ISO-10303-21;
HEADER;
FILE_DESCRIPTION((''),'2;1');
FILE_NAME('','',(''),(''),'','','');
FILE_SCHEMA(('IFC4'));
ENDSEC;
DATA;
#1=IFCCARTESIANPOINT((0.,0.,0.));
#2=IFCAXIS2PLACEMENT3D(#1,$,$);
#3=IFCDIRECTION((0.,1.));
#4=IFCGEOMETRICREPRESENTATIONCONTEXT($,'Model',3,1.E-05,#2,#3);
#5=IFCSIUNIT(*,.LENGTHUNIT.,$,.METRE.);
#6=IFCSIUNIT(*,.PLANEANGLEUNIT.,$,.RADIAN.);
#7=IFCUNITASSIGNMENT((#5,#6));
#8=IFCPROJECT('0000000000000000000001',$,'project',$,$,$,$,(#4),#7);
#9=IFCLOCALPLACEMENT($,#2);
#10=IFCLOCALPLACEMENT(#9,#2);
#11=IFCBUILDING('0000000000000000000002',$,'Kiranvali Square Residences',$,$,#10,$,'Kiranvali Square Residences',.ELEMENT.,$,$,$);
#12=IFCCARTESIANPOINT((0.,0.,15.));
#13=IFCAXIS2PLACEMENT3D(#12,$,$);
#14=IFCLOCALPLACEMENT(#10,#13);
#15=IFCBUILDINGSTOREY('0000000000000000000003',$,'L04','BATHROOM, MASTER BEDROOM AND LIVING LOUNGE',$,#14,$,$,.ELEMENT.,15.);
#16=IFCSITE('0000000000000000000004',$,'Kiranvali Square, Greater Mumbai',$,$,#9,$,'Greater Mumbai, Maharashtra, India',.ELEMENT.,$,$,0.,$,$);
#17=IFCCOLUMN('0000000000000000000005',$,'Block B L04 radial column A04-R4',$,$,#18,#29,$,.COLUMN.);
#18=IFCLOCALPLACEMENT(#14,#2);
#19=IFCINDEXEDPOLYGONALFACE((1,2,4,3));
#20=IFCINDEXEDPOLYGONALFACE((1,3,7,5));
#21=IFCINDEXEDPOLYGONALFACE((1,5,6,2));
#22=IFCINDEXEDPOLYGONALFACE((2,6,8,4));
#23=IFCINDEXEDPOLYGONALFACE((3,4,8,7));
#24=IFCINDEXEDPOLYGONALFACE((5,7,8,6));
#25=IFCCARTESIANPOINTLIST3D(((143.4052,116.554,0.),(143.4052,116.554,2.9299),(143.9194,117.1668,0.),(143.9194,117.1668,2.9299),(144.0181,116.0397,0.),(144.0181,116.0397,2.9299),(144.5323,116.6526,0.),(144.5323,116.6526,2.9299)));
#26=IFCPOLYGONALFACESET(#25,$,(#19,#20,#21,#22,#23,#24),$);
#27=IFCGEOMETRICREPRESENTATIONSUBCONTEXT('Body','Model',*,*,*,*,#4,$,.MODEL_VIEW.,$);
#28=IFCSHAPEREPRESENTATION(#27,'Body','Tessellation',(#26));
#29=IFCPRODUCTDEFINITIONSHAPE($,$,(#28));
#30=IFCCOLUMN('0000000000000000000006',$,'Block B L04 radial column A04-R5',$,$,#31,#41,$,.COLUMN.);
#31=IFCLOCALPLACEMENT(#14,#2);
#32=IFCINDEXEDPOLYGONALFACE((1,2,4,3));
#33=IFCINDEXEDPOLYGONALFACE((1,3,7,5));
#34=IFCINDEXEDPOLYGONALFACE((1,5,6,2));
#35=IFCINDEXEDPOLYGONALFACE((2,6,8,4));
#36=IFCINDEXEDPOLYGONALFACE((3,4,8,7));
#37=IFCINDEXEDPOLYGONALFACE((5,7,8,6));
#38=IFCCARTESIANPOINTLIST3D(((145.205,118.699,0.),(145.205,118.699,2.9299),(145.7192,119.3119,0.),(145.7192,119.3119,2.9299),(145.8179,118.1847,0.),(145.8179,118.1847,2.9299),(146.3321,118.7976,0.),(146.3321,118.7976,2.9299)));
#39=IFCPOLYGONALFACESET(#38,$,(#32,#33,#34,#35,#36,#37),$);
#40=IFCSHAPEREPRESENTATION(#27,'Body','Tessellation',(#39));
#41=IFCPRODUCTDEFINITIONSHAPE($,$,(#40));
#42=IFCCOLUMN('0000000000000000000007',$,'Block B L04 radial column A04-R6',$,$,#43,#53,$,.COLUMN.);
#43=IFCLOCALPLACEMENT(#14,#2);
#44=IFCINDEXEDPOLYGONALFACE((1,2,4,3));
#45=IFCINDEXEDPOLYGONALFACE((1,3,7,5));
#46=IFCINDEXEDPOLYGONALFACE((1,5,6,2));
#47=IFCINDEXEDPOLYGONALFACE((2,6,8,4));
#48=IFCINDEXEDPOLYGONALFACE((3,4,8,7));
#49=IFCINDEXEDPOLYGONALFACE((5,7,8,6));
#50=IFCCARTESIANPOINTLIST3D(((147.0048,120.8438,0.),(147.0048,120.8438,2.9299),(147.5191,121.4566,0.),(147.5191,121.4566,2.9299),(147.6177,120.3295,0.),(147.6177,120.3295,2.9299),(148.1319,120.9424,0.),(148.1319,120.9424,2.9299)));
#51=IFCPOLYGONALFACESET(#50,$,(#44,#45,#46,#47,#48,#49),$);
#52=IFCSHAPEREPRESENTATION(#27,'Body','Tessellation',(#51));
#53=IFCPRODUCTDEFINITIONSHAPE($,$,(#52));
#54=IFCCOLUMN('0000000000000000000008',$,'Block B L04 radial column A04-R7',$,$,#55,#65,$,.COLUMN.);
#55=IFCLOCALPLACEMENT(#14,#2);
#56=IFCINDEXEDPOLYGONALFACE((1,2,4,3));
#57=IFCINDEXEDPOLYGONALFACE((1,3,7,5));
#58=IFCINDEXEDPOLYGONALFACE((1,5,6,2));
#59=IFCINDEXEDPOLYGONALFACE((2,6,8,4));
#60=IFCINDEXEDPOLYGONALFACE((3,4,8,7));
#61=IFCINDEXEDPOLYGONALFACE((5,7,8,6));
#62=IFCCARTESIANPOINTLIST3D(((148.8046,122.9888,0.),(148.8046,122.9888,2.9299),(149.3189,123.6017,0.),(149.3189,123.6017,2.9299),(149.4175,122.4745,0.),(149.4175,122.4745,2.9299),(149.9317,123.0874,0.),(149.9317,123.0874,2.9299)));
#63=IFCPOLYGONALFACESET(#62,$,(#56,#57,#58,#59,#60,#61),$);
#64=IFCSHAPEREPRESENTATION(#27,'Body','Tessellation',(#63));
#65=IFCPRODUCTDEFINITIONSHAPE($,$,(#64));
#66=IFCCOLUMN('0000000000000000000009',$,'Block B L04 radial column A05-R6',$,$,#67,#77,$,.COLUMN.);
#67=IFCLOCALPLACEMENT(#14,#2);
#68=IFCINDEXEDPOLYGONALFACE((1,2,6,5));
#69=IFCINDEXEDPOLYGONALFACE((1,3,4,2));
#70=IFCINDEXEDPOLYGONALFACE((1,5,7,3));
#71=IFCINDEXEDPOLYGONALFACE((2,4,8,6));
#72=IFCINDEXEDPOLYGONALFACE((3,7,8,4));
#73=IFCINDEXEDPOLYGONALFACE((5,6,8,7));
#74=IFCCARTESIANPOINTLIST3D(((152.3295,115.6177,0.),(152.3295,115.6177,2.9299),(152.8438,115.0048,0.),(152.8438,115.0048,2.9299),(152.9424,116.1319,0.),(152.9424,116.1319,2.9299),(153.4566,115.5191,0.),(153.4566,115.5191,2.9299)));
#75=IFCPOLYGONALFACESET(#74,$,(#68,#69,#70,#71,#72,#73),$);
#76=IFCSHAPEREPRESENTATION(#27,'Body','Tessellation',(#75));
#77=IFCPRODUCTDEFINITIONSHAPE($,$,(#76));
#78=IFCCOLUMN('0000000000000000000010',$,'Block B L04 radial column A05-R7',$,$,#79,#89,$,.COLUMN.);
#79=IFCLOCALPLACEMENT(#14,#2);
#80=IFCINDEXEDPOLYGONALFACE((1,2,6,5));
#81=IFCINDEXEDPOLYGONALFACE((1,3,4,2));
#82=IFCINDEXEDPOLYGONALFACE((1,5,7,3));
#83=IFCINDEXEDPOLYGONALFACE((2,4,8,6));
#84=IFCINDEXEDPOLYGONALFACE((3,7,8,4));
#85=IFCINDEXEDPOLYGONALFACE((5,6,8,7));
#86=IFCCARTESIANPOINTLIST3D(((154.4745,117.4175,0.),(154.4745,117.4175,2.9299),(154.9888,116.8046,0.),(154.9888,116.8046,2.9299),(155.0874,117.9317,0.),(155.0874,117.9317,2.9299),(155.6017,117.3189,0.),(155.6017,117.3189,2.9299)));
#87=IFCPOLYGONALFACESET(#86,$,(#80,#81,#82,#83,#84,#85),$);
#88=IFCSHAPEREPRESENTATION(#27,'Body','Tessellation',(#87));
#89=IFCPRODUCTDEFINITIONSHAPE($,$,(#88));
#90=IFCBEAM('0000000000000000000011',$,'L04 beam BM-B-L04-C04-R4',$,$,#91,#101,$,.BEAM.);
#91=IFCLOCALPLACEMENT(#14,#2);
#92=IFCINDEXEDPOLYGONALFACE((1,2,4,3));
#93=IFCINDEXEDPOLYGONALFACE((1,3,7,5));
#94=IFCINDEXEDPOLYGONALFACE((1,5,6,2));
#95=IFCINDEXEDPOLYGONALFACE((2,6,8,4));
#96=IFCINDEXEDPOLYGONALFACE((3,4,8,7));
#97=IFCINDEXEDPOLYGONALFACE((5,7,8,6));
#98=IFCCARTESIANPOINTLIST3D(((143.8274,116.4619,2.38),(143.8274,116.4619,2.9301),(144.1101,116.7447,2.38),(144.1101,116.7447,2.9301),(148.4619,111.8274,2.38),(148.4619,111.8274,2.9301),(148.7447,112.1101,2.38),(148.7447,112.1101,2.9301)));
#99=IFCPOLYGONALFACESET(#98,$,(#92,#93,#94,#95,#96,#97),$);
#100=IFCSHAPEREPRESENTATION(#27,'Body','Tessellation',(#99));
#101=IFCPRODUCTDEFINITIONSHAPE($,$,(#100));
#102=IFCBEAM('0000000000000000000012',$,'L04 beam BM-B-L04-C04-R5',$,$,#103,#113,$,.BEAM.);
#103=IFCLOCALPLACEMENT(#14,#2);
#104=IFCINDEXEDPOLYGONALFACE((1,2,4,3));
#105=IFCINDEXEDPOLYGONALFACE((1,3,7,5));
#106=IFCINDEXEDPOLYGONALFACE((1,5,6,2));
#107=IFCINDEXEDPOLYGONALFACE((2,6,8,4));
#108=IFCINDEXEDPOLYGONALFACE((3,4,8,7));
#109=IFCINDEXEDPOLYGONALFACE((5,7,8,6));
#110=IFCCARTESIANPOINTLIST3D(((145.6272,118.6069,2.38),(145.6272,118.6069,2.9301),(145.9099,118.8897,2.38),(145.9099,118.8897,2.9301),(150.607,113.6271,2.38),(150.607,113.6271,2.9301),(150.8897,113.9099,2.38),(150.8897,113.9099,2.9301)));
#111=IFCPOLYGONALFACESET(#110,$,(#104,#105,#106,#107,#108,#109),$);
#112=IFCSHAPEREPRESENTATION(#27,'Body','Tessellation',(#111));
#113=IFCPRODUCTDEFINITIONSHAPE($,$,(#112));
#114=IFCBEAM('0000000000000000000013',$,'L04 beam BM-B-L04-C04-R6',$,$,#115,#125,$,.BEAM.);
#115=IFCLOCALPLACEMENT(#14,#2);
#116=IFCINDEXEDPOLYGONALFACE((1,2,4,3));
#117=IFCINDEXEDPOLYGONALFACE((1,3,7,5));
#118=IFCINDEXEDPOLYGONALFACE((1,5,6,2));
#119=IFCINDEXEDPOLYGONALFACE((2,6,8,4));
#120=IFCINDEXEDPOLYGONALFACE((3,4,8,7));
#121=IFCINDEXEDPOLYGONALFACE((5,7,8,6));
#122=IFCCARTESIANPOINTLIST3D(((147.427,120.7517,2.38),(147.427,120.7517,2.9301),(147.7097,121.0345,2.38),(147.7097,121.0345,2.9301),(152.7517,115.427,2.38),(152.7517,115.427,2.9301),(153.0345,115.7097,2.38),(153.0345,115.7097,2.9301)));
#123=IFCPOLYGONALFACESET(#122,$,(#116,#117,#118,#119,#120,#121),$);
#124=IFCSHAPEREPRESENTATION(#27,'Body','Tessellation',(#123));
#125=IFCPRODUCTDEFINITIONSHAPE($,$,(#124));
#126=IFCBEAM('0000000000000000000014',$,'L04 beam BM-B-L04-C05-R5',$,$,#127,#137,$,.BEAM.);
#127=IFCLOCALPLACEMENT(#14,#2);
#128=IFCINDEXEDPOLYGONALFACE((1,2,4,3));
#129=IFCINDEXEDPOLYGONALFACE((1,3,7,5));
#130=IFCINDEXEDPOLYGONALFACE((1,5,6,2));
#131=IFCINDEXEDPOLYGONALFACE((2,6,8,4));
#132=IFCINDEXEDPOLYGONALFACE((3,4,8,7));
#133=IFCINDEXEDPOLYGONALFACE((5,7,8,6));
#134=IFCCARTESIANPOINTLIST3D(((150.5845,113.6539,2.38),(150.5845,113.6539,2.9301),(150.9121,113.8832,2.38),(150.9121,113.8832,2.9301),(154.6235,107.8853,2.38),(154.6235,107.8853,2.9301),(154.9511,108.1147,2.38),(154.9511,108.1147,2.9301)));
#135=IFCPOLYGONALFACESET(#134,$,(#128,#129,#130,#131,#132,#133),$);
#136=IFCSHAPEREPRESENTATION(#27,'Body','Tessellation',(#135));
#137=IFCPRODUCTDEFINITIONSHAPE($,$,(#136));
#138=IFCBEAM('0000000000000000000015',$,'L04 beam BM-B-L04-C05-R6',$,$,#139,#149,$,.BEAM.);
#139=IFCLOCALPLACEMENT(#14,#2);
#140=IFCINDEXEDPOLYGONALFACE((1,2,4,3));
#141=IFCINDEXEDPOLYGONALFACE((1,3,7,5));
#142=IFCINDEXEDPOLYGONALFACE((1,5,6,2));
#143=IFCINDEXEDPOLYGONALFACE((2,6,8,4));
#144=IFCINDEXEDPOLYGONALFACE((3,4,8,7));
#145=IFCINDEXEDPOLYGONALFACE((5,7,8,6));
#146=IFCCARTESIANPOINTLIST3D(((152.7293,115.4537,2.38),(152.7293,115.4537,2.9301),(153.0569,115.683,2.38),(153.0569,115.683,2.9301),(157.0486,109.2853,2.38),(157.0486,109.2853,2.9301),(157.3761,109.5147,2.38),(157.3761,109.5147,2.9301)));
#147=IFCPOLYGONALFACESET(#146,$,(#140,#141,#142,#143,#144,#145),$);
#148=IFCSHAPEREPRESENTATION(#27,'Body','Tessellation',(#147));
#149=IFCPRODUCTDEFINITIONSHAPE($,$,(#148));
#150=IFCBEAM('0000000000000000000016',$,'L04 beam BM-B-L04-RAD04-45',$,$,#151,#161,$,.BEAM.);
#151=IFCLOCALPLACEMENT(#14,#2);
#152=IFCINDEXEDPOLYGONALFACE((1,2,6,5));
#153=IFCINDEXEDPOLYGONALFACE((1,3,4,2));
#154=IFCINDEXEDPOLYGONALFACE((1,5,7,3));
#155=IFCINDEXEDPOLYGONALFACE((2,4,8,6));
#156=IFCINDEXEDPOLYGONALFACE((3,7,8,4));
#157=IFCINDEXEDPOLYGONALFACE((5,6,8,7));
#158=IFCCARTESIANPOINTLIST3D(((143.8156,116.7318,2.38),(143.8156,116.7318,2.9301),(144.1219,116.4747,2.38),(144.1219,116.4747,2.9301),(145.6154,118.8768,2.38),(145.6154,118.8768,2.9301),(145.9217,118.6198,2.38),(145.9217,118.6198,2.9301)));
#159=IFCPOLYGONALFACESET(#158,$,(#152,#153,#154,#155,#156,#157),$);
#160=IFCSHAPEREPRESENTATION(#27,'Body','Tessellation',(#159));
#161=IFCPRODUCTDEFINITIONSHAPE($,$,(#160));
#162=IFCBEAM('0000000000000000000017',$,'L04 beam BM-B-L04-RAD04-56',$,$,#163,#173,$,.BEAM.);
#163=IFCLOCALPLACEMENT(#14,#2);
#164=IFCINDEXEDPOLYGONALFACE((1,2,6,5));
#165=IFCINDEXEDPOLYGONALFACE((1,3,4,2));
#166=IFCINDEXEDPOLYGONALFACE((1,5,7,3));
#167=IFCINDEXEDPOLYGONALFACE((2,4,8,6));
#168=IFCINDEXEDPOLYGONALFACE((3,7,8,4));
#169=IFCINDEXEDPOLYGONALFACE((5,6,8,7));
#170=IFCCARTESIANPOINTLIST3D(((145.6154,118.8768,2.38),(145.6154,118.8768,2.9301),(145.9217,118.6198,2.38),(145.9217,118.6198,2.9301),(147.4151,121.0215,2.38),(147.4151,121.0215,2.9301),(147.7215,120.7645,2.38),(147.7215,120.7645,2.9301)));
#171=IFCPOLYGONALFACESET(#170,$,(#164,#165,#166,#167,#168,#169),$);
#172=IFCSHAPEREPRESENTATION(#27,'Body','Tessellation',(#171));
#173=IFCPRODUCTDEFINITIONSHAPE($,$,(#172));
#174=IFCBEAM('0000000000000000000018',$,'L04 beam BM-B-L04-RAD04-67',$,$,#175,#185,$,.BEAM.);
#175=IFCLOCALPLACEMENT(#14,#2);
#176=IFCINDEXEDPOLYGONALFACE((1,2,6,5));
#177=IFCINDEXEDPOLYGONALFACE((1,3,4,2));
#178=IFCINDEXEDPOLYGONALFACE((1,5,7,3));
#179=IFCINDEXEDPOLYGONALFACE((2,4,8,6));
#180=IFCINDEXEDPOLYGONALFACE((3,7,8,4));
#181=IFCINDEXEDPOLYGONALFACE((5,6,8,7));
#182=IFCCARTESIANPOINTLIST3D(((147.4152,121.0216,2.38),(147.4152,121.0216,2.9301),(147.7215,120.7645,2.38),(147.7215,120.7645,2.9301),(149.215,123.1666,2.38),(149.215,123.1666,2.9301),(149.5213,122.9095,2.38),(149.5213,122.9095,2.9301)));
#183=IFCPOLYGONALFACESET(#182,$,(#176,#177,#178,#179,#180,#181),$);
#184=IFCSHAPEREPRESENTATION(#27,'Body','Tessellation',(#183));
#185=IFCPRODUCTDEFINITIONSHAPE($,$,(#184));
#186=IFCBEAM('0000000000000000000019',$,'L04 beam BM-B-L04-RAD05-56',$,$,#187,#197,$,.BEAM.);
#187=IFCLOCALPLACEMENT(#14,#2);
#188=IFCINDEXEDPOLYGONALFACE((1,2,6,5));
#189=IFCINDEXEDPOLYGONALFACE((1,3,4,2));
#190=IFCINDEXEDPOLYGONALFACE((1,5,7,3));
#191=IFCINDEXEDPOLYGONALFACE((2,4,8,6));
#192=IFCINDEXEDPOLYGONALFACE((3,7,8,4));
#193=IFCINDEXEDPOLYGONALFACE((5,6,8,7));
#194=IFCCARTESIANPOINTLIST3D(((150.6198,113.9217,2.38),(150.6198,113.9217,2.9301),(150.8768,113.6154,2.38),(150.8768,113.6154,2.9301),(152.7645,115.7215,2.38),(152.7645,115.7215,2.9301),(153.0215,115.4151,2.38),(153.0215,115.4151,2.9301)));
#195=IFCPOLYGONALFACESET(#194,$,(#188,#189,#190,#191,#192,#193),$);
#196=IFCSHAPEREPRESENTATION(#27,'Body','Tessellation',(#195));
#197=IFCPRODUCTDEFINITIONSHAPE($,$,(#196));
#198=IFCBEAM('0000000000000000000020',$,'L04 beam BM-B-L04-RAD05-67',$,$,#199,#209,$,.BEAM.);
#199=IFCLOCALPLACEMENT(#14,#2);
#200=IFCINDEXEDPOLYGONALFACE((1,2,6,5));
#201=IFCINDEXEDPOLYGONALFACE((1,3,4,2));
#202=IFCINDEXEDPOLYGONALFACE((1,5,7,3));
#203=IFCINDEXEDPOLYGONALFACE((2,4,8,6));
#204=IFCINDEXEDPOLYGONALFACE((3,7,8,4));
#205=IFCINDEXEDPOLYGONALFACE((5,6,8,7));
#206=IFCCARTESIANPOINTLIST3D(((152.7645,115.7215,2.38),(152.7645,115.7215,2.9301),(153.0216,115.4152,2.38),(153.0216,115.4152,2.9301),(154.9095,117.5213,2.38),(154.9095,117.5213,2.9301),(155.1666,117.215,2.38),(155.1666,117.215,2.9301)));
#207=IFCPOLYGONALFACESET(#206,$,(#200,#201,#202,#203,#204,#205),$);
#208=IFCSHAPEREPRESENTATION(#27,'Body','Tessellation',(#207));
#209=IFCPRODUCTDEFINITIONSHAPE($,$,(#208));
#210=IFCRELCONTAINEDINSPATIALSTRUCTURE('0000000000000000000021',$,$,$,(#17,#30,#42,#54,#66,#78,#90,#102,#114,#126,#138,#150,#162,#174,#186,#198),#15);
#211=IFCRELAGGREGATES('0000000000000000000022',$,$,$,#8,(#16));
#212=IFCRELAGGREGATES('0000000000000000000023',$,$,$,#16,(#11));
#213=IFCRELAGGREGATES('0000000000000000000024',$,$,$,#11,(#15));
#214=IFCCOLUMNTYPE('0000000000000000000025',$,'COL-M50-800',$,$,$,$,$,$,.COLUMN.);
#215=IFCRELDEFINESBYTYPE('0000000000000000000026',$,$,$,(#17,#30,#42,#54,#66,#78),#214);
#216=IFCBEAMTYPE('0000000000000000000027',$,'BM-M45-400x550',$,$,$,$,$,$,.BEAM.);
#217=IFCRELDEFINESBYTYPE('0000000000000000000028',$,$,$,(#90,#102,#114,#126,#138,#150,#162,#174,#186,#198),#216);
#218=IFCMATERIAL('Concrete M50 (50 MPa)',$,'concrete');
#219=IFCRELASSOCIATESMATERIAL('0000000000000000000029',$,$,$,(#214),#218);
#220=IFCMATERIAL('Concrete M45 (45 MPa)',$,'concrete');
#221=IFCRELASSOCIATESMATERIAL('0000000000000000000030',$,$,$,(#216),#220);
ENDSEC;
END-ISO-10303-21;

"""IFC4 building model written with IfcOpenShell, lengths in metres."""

from ifc_helpers import new_model, si_unit, direction, frame, origin, origin_2d, place, context, subcontext, project, spatial, rectangle, extrude, material, material_profile, profile_set, type_object, element, save


model = new_model("IFC4")

# Units and contexts
model_context = context("Model", 3, precision=1e-05, world=origin(), true_north=direction((0.0, 1.0)))
body_context = subcontext(model_context, "Body", "Model", "MODEL_VIEW")
ifc_project = project(units=[si_unit("LENGTHUNIT", "METRE"), si_unit("PLANEANGLEUNIT", "RADIAN")], contexts=[model_context])

# Site, building, storey
site_placement = place(None, origin())
site = spatial("IfcSite", under=ifc_project, at=site_placement, Name="Kiranvali Square, Greater Mumbai", LongName="Greater Mumbai, Maharashtra, India", CompositionType="ELEMENT", RefElevation=0.0)
building_placement = place(site_placement, origin())
building = spatial("IfcBuilding", under=site, at=building_placement, Name="Kiranvali Square Residences", LongName="Kiranvali Square Residences", CompositionType="ELEMENT")
storey_placement = place(building_placement, frame((0.0, 0.0, 15.0)))
storey = spatial("IfcBuildingStorey", under=building, at=storey_placement, Name="L04", Description="BATHROOM, MASTER BEDROOM AND LIVING LOUNGE", CompositionType="ELEMENT", Elevation=15.0)

# Columns
ifc_material_1 = material(Name="Concrete M50 (50 MPa)", Category="concrete")
ifc_material_profile_1 = material_profile(ifc_material_1, rectangle(XDim=0.8, YDim=0.8, at=origin_2d()), Name="RC 800x800")
ifc_profile_set_1 = profile_set([ifc_material_profile_1], Name="Concrete M50 (50 MPa)")
column_type = type_object("IfcColumnType", Name="COL-M50-800", PredefinedType="COLUMN", material=ifc_profile_set_1)
for number, where, z_axis, x_axis, name in (
    (1, (143.9688, 116.6033, 0.0), (0.0, 0.0, 1.0), (-0.766044, 0.642788, 0.0), "Block B L04 radial column A04-R4"),
    (2, (145.7686, 118.7483, 0.0), (0.0, 0.0, 1.0), (-0.766044, 0.642788, 0.0), "Block B L04 radial column A04-R5"),
    (3, (147.5684, 120.8931, 0.0), (0.0, 0.0, 1.0), (-0.766044, 0.642788, 0.0), "Block B L04 radial column A04-R6"),
    (4, (149.3682, 123.0381, 0.0), (0.0, 0.0, 1.0), (-0.766044, 0.642788, 0.0), "Block B L04 radial column A04-R7"),
    (5, (152.8931, 115.5684, 0.0), (0.0, 0.0, 1.0), (-0.642788, 0.766044, 0.0), "Block B L04 radial column A05-R6"),
    (6, (155.0381, 117.3682, 0.0), (0.0, 0.0, 1.0), (-0.642788, 0.766044, 0.0), "Block B L04 radial column A05-R7"),
):
    element("IfcColumn", number, at=place(storey_placement, frame(where, z_axis=z_axis, x_axis=x_axis)), inside=storey, type_object=column_type, Name=name, PredefinedType="COLUMN", context=body_context, shape_type="SweptSolid", body=[
        extrude(rectangle(XDim=0.8, YDim=0.8, at=origin_2d()), origin(), (0.0, 0.0, 1.0), 2.9299),
    ])

# Beams
ifc_material_2 = material(Name="Concrete M45 (45 MPa)", Category="concrete")
ifc_material_profile_2 = material_profile(ifc_material_2, rectangle(XDim=0.3999, YDim=0.55, at=origin_2d()), Name="RC 400x550")
ifc_profile_set_2 = profile_set([ifc_material_profile_2], Name="Concrete M45 (45 MPa)")
beam_type_1 = type_object("IfcBeamType", Name="BM-M45-400x550", PredefinedType="BEAM", material=ifc_profile_set_2)
beam_1_placement = place(storey_placement, frame((143.9688, 116.6033, 2.655), z_axis=(0.707107, -0.707107, 0.0), x_axis=(0.707107, 0.707107, 0.0)))
element("IfcBeam", 7, at=beam_1_placement, inside=storey, type_object=beam_type_1, Name="L04 beam BM-B-L04-C04-R4", PredefinedType="BEAM", context=body_context, shape_type="SweptSolid", body=[
    extrude(rectangle(XDim=0.3999, YDim=0.55, at=origin_2d()), origin(), (0.0, 0.0, 1.0), 6.5542),
])
beam_2_placement = place(storey_placement, frame((145.7686, 118.7483, 2.655), z_axis=(0.707107, -0.707107, 0.0), x_axis=(0.707107, 0.707107, 0.0)))
element("IfcBeam", 8, at=beam_2_placement, inside=storey, type_object=beam_type_1, Name="L04 beam BM-B-L04-C04-R5", PredefinedType="BEAM", context=body_context, shape_type="SweptSolid", body=[
    extrude(rectangle(XDim=0.3999, YDim=0.55, at=origin_2d()), origin(), (0.0, 0.0, 1.0), 7.0425),
])
beam_3_placement = place(storey_placement, frame((147.5684, 120.8931, 2.655), z_axis=(0.707107, -0.707107, 0.0), x_axis=(0.707107, 0.707107, 0.0)))
element("IfcBeam", 9, at=beam_3_placement, inside=storey, type_object=beam_type_1, Name="L04 beam BM-B-L04-C04-R6", PredefinedType="BEAM", context=body_context, shape_type="SweptSolid", body=[
    extrude(rectangle(XDim=0.3999, YDim=0.55, at=origin_2d()), origin(), (0.0, 0.0, 1.0), 7.5303),
])
beam_4_placement = place(storey_placement, frame((150.7483, 113.7686, 2.655), z_axis=(0.573565, -0.81916, 0.0), x_axis=(0.81916, 0.573565, 0.0)))
element("IfcBeam", 10, at=beam_4_placement, inside=storey, type_object=beam_type_1, Name="L04 beam BM-B-L04-C05-R5", PredefinedType="BEAM", context=body_context, shape_type="SweptSolid", body=[
    extrude(rectangle(XDim=0.3999, YDim=0.55, at=origin_2d()), origin(), (0.0, 0.0, 1.0), 7.042),
])
beam_5_placement = place(storey_placement, frame((152.8931, 115.5684, 2.655), z_axis=(0.573589, -0.819144, 0.0), x_axis=(0.819144, 0.573589, 0.0)))
element("IfcBeam", 11, at=beam_5_placement, inside=storey, type_object=beam_type_1, Name="L04 beam BM-B-L04-C05-R6", PredefinedType="BEAM", context=body_context, shape_type="SweptSolid", body=[
    extrude(rectangle(XDim=0.3999, YDim=0.55, at=origin_2d()), origin(), (0.0, 0.0, 1.0), 7.5303),
])
beam_6_placement = place(storey_placement, frame((143.9688, 116.6033, 2.655), z_axis=(0.642771, 0.766059, 0.0), x_axis=(-0.766059, 0.642771, 0.0)))
element("IfcBeam", 12, at=beam_6_placement, inside=storey, type_object=beam_type_1, Name="L04 beam BM-B-L04-RAD04-45", PredefinedType="BEAM", context=body_context, shape_type="SweptSolid", body=[
    extrude(rectangle(XDim=0.3999, YDim=0.55, at=origin_2d()), origin(), (0.0, 0.0, 1.0), 2.8),
])
beam_7_placement = place(storey_placement, frame((145.7686, 118.7483, 2.655), z_axis=(0.642814, 0.766023, 0.0), x_axis=(-0.766023, 0.642814, 0.0)))
element("IfcBeam", 13, at=beam_7_placement, inside=storey, type_object=beam_type_1, Name="L04 beam BM-B-L04-RAD04-56", PredefinedType="BEAM", context=body_context, shape_type="SweptSolid", body=[
    extrude(rectangle(XDim=0.3999, YDim=0.55, at=origin_2d()), origin(), (0.0, 0.0, 1.0), 2.7998),
])
beam_8_placement = place(storey_placement, frame((147.5684, 120.8931, 2.655), z_axis=(0.642771, 0.766059, 0.0), x_axis=(-0.766059, 0.642771, 0.0)))
element("IfcBeam", 14, at=beam_8_placement, inside=storey, type_object=beam_type_1, Name="L04 beam BM-B-L04-RAD04-67", PredefinedType="BEAM", context=body_context, shape_type="SweptSolid", body=[
    extrude(rectangle(XDim=0.3999, YDim=0.55, at=origin_2d()), origin(), (0.0, 0.0, 1.0), 2.8),
])
beam_9_placement = place(storey_placement, frame((150.7483, 113.7686, 2.655), z_axis=(0.766023, 0.642814, 0.0), x_axis=(-0.642814, 0.766023, 0.0)))
element("IfcBeam", 15, at=beam_9_placement, inside=storey, type_object=beam_type_1, Name="L04 beam BM-B-L04-RAD05-56", PredefinedType="BEAM", context=body_context, shape_type="SweptSolid", body=[
    extrude(rectangle(XDim=0.3999, YDim=0.55, at=origin_2d()), origin(), (0.0, 0.0, 1.0), 2.7998),
])
beam_10_placement = place(storey_placement, frame((152.8931, 115.5684, 2.655), z_axis=(0.766059, 0.642771, 0.0), x_axis=(-0.642771, 0.766059, 0.0)))
element("IfcBeam", 16, at=beam_10_placement, inside=storey, type_object=beam_type_1, Name="L04 beam BM-B-L04-RAD05-67", PredefinedType="BEAM", context=body_context, shape_type="SweptSolid", body=[
    extrude(rectangle(XDim=0.3999, YDim=0.55, at=origin_2d()), origin(), (0.0, 0.0, 1.0), 2.8),
])

save(model, "model.ifc")
